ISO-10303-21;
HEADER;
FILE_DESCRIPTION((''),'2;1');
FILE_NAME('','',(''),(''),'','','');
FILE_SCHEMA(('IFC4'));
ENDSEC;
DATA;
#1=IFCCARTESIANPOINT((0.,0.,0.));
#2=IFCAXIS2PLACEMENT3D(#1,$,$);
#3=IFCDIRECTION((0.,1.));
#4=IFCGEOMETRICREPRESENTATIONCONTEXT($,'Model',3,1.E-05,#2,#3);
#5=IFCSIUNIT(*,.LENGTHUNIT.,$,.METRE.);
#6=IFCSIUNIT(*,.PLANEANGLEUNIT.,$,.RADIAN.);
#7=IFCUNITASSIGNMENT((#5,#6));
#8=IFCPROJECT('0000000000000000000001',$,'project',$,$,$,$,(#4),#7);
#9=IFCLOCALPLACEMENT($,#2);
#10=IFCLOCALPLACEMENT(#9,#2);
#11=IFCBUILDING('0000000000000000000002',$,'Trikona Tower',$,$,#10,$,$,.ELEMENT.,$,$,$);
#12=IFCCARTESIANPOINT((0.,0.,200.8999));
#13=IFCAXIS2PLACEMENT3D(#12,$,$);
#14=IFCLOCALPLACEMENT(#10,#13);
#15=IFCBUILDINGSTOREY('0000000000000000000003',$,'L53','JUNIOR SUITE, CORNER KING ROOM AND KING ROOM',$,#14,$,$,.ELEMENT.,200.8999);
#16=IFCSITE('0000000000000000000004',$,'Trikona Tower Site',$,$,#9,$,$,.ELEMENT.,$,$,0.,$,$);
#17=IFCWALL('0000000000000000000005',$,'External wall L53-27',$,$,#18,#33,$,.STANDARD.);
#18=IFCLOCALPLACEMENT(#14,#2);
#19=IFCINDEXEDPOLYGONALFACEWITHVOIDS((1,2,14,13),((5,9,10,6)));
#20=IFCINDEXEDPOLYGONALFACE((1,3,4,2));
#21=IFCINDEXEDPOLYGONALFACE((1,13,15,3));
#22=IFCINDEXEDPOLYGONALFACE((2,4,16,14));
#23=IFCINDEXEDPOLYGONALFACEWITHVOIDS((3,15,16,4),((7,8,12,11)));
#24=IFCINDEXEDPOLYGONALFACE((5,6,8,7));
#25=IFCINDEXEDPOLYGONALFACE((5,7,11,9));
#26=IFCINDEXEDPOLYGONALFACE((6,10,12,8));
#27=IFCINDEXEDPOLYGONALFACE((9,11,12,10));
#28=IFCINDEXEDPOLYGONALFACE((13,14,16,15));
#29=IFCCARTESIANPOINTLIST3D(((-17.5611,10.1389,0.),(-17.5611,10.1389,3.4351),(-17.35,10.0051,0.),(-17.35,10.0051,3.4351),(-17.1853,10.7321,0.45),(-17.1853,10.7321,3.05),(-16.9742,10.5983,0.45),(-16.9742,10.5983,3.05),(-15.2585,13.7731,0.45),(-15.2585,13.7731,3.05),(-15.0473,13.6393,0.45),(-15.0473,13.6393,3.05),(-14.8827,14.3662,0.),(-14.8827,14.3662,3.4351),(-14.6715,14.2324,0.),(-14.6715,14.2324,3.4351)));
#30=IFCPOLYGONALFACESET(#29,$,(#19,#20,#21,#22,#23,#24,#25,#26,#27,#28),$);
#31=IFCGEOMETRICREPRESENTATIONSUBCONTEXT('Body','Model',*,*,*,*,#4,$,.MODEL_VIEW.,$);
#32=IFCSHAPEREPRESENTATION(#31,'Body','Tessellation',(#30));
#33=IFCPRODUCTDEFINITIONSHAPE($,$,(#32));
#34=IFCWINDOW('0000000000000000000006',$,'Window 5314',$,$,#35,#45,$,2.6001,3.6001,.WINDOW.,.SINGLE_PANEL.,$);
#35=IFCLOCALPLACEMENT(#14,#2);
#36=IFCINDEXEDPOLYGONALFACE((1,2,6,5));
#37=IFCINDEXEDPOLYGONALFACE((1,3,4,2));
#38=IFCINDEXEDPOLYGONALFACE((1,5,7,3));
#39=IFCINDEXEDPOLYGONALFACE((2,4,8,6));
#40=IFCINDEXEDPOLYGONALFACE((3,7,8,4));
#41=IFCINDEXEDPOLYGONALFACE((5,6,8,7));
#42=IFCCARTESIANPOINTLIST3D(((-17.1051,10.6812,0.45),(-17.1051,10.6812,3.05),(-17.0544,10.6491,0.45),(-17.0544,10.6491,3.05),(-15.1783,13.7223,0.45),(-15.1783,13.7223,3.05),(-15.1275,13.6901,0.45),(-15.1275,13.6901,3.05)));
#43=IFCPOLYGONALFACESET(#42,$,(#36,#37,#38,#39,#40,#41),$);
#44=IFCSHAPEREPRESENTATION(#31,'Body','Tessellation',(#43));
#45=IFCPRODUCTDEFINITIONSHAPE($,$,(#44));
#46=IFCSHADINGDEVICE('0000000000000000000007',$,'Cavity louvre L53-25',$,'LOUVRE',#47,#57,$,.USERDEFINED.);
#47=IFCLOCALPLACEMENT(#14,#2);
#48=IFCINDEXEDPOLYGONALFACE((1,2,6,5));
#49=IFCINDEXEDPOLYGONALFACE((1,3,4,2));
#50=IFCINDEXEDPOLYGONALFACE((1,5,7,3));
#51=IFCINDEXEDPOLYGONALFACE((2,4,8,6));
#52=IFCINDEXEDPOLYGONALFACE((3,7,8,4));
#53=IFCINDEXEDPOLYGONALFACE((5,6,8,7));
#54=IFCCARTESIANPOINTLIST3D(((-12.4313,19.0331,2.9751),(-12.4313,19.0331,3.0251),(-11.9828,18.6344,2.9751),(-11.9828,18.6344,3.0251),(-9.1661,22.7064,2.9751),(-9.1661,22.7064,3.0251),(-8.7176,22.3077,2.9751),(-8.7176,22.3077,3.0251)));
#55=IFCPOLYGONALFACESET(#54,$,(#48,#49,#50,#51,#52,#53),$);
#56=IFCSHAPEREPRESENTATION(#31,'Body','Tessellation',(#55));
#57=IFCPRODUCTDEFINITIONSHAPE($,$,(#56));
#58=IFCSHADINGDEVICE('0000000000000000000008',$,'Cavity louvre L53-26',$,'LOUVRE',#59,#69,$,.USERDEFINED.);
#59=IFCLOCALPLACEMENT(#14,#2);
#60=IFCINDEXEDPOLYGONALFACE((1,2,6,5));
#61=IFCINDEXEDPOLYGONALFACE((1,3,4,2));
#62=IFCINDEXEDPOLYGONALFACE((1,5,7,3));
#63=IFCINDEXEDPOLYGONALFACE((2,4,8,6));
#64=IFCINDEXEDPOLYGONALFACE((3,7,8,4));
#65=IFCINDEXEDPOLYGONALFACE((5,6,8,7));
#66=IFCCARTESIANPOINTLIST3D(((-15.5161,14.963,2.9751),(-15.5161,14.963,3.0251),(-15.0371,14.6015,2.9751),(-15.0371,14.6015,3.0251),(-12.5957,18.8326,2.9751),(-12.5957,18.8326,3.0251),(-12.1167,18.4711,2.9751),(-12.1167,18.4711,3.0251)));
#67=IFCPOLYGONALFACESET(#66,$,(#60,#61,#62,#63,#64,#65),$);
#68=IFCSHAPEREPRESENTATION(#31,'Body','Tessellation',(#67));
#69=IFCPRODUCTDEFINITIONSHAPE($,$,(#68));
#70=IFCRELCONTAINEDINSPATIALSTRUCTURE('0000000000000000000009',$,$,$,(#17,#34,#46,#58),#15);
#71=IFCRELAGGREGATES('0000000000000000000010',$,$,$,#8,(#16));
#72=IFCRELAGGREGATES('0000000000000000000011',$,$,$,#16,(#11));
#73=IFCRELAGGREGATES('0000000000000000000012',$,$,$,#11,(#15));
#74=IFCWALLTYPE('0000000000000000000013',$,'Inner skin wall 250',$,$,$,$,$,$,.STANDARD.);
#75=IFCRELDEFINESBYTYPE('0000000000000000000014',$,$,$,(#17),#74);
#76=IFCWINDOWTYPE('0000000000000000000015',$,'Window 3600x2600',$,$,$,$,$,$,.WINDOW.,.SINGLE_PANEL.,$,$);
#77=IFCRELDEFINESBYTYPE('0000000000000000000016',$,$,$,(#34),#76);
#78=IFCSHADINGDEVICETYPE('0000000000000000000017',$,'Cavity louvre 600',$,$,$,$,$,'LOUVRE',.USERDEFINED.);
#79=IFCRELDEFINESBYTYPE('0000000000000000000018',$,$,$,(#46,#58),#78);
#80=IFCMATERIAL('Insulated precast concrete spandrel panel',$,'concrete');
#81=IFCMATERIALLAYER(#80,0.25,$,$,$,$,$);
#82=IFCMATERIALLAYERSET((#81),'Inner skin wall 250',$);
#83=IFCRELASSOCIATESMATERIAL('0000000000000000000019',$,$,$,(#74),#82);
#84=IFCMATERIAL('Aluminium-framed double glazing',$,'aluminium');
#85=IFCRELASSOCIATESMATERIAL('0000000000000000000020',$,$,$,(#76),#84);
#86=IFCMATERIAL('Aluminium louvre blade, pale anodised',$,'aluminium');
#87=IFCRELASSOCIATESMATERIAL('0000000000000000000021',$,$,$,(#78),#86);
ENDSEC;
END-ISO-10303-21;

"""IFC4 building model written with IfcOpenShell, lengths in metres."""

from ifc_helpers import new_model, si_unit, direction, frame, frame_2d, origin, origin_2d, place, context, subcontext, project, spatial, rectangle, extrude, material, layer, layer_set, type_object, element, fill, save


model = new_model("IFC4")

# Units and contexts
model_context = context("Model", 3, precision=1e-05, world=origin(), true_north=direction((0.0, 1.0)))
body_context = subcontext(model_context, "Body", "Model", "MODEL_VIEW")
ifc_project = project(units=[si_unit("LENGTHUNIT", "METRE"), si_unit("PLANEANGLEUNIT", "RADIAN")], contexts=[model_context])

# Site, building, storey
site_placement = place(None, origin())
site = spatial("IfcSite", under=ifc_project, at=site_placement, Name="Trikona Tower Site", CompositionType="ELEMENT", RefElevation=0.0)
building_placement = place(site_placement, origin())
building = spatial("IfcBuilding", under=site, at=building_placement, Name="Trikona Tower", CompositionType="ELEMENT")
storey_placement = place(building_placement, frame((0.0, 0.0, 200.8999)))
storey = spatial("IfcBuildingStorey", under=building, at=storey_placement, Name="L53", Description="JUNIOR SUITE, CORNER KING ROOM AND KING ROOM", CompositionType="ELEMENT", Elevation=200.8999)

# Wall, opening, window
ifc_material_1 = material(Name="Insulated precast concrete spandrel panel", Category="concrete")
ifc_layer_1 = layer(ifc_material_1, 0.25)
ifc_layer_set_1 = layer_set([ifc_layer_1], Name="Inner skin wall 250")
wall_type = type_object("IfcWallType", Name="Inner skin wall 250", PredefinedType="STANDARD", material=ifc_layer_set_1)
ifc_material_2 = material(Name="Aluminium-framed double glazing", Category="aluminium")
window_type = type_object("IfcWindowType", Name="Window 3600x2600", PartitioningType="SINGLE_PANEL", PredefinedType="WINDOW", material=ifc_material_2)
wall_1_placement = place(storey_placement, frame((-14.7771, 14.2993, 0.0), z_axis=(0.0, 0.0, 1.0), x_axis=(-0.53522, -0.844712, 0.0)))
wall_1 = element("IfcWall", 1, at=wall_1_placement, inside=storey, type_object=wall_type, Name="External wall L53-27", PredefinedType="STANDARD", context=body_context, shape_type="SweptSolid", body=[
    extrude(rectangle(XDim=5.0044, YDim=0.25, at=frame_2d((2.5022, 0.0))), origin(), (0.0, 0.0, 1.0), 3.4351),
])
opening_1_placement = place(wall_1_placement, frame((0.7021, 0.0, 0.45)))
opening_1 = element("IfcOpeningElement", 2, at=opening_1_placement, cuts=wall_1, PredefinedType="OPENING", context=body_context, shape_type="SweptSolid", body=[
    extrude(rectangle(XDim=3.6001, YDim=2.6001, at=frame_2d((1.8, 1.3))), frame((0.0, 0.135, 0.0), z_axis=(0.0, -1.0, 0.0), x_axis=(1.0, 0.0, 0.0)), (0.0, 0.0, 1.0), 0.27),
])
window_1_placement = place(opening_1_placement, origin())
window_1 = element("IfcWindow", 3, at=window_1_placement, inside=storey, type_object=window_type, Name="Window 5314", OverallHeight=2.6001, OverallWidth=3.6001, PartitioningType="SINGLE_PANEL", PredefinedType="WINDOW", context=body_context, shape_type="SweptSolid", body=[
    extrude(rectangle(XDim=3.6001, YDim=2.6001, at=frame_2d((1.8, 1.3))), frame((0.0, 0.03, 0.0), z_axis=(0.0, -1.0, 0.0), x_axis=(1.0, 0.0, 0.0)), (0.0, 0.0, 1.0), 0.0601),
])
fill(opening_1, window_1)

# Shading devices
ifc_material_3 = material(Name="Aluminium louvre blade, pale anodised", Category="aluminium")
shading_device_type = type_object("IfcShadingDeviceType", Name="Cavity louvre 600", ElementType="LOUVRE", PredefinedType="USERDEFINED", material=ifc_material_3)
shading_device_1_placement = place(storey_placement, frame((-10.5745, 20.6704, 2.9751), z_axis=(0.0, 0.0, 1.0), x_axis=(-0.664367, -0.747406, 0.0)))
element("IfcShadingDevice", 4, at=shading_device_1_placement, inside=storey, type_object=shading_device_type, Name="Cavity louvre L53-25", ObjectType="LOUVRE", PredefinedType="USERDEFINED", context=body_context, shape_type="SweptSolid", body=[
    extrude(rectangle(XDim=4.9148, YDim=0.6001, at=origin_2d()), origin(), (0.0, 0.0, 1.0), 0.05),
])
shading_device_2_placement = place(storey_placement, frame((-13.8164, 16.717, 2.9751), z_axis=(0.0, 0.0, 1.0), x_axis=(-0.602402, -0.798193, 0.0)))
element("IfcShadingDevice", 5, at=shading_device_2_placement, inside=storey, type_object=shading_device_type, Name="Cavity louvre L53-26", ObjectType="LOUVRE", PredefinedType="USERDEFINED", context=body_context, shape_type="SweptSolid", body=[
    extrude(rectangle(XDim=4.8479, YDim=0.6001, at=origin_2d()), origin(), (0.0, 0.0, 1.0), 0.05),
])

save(model, "model.ifc")
